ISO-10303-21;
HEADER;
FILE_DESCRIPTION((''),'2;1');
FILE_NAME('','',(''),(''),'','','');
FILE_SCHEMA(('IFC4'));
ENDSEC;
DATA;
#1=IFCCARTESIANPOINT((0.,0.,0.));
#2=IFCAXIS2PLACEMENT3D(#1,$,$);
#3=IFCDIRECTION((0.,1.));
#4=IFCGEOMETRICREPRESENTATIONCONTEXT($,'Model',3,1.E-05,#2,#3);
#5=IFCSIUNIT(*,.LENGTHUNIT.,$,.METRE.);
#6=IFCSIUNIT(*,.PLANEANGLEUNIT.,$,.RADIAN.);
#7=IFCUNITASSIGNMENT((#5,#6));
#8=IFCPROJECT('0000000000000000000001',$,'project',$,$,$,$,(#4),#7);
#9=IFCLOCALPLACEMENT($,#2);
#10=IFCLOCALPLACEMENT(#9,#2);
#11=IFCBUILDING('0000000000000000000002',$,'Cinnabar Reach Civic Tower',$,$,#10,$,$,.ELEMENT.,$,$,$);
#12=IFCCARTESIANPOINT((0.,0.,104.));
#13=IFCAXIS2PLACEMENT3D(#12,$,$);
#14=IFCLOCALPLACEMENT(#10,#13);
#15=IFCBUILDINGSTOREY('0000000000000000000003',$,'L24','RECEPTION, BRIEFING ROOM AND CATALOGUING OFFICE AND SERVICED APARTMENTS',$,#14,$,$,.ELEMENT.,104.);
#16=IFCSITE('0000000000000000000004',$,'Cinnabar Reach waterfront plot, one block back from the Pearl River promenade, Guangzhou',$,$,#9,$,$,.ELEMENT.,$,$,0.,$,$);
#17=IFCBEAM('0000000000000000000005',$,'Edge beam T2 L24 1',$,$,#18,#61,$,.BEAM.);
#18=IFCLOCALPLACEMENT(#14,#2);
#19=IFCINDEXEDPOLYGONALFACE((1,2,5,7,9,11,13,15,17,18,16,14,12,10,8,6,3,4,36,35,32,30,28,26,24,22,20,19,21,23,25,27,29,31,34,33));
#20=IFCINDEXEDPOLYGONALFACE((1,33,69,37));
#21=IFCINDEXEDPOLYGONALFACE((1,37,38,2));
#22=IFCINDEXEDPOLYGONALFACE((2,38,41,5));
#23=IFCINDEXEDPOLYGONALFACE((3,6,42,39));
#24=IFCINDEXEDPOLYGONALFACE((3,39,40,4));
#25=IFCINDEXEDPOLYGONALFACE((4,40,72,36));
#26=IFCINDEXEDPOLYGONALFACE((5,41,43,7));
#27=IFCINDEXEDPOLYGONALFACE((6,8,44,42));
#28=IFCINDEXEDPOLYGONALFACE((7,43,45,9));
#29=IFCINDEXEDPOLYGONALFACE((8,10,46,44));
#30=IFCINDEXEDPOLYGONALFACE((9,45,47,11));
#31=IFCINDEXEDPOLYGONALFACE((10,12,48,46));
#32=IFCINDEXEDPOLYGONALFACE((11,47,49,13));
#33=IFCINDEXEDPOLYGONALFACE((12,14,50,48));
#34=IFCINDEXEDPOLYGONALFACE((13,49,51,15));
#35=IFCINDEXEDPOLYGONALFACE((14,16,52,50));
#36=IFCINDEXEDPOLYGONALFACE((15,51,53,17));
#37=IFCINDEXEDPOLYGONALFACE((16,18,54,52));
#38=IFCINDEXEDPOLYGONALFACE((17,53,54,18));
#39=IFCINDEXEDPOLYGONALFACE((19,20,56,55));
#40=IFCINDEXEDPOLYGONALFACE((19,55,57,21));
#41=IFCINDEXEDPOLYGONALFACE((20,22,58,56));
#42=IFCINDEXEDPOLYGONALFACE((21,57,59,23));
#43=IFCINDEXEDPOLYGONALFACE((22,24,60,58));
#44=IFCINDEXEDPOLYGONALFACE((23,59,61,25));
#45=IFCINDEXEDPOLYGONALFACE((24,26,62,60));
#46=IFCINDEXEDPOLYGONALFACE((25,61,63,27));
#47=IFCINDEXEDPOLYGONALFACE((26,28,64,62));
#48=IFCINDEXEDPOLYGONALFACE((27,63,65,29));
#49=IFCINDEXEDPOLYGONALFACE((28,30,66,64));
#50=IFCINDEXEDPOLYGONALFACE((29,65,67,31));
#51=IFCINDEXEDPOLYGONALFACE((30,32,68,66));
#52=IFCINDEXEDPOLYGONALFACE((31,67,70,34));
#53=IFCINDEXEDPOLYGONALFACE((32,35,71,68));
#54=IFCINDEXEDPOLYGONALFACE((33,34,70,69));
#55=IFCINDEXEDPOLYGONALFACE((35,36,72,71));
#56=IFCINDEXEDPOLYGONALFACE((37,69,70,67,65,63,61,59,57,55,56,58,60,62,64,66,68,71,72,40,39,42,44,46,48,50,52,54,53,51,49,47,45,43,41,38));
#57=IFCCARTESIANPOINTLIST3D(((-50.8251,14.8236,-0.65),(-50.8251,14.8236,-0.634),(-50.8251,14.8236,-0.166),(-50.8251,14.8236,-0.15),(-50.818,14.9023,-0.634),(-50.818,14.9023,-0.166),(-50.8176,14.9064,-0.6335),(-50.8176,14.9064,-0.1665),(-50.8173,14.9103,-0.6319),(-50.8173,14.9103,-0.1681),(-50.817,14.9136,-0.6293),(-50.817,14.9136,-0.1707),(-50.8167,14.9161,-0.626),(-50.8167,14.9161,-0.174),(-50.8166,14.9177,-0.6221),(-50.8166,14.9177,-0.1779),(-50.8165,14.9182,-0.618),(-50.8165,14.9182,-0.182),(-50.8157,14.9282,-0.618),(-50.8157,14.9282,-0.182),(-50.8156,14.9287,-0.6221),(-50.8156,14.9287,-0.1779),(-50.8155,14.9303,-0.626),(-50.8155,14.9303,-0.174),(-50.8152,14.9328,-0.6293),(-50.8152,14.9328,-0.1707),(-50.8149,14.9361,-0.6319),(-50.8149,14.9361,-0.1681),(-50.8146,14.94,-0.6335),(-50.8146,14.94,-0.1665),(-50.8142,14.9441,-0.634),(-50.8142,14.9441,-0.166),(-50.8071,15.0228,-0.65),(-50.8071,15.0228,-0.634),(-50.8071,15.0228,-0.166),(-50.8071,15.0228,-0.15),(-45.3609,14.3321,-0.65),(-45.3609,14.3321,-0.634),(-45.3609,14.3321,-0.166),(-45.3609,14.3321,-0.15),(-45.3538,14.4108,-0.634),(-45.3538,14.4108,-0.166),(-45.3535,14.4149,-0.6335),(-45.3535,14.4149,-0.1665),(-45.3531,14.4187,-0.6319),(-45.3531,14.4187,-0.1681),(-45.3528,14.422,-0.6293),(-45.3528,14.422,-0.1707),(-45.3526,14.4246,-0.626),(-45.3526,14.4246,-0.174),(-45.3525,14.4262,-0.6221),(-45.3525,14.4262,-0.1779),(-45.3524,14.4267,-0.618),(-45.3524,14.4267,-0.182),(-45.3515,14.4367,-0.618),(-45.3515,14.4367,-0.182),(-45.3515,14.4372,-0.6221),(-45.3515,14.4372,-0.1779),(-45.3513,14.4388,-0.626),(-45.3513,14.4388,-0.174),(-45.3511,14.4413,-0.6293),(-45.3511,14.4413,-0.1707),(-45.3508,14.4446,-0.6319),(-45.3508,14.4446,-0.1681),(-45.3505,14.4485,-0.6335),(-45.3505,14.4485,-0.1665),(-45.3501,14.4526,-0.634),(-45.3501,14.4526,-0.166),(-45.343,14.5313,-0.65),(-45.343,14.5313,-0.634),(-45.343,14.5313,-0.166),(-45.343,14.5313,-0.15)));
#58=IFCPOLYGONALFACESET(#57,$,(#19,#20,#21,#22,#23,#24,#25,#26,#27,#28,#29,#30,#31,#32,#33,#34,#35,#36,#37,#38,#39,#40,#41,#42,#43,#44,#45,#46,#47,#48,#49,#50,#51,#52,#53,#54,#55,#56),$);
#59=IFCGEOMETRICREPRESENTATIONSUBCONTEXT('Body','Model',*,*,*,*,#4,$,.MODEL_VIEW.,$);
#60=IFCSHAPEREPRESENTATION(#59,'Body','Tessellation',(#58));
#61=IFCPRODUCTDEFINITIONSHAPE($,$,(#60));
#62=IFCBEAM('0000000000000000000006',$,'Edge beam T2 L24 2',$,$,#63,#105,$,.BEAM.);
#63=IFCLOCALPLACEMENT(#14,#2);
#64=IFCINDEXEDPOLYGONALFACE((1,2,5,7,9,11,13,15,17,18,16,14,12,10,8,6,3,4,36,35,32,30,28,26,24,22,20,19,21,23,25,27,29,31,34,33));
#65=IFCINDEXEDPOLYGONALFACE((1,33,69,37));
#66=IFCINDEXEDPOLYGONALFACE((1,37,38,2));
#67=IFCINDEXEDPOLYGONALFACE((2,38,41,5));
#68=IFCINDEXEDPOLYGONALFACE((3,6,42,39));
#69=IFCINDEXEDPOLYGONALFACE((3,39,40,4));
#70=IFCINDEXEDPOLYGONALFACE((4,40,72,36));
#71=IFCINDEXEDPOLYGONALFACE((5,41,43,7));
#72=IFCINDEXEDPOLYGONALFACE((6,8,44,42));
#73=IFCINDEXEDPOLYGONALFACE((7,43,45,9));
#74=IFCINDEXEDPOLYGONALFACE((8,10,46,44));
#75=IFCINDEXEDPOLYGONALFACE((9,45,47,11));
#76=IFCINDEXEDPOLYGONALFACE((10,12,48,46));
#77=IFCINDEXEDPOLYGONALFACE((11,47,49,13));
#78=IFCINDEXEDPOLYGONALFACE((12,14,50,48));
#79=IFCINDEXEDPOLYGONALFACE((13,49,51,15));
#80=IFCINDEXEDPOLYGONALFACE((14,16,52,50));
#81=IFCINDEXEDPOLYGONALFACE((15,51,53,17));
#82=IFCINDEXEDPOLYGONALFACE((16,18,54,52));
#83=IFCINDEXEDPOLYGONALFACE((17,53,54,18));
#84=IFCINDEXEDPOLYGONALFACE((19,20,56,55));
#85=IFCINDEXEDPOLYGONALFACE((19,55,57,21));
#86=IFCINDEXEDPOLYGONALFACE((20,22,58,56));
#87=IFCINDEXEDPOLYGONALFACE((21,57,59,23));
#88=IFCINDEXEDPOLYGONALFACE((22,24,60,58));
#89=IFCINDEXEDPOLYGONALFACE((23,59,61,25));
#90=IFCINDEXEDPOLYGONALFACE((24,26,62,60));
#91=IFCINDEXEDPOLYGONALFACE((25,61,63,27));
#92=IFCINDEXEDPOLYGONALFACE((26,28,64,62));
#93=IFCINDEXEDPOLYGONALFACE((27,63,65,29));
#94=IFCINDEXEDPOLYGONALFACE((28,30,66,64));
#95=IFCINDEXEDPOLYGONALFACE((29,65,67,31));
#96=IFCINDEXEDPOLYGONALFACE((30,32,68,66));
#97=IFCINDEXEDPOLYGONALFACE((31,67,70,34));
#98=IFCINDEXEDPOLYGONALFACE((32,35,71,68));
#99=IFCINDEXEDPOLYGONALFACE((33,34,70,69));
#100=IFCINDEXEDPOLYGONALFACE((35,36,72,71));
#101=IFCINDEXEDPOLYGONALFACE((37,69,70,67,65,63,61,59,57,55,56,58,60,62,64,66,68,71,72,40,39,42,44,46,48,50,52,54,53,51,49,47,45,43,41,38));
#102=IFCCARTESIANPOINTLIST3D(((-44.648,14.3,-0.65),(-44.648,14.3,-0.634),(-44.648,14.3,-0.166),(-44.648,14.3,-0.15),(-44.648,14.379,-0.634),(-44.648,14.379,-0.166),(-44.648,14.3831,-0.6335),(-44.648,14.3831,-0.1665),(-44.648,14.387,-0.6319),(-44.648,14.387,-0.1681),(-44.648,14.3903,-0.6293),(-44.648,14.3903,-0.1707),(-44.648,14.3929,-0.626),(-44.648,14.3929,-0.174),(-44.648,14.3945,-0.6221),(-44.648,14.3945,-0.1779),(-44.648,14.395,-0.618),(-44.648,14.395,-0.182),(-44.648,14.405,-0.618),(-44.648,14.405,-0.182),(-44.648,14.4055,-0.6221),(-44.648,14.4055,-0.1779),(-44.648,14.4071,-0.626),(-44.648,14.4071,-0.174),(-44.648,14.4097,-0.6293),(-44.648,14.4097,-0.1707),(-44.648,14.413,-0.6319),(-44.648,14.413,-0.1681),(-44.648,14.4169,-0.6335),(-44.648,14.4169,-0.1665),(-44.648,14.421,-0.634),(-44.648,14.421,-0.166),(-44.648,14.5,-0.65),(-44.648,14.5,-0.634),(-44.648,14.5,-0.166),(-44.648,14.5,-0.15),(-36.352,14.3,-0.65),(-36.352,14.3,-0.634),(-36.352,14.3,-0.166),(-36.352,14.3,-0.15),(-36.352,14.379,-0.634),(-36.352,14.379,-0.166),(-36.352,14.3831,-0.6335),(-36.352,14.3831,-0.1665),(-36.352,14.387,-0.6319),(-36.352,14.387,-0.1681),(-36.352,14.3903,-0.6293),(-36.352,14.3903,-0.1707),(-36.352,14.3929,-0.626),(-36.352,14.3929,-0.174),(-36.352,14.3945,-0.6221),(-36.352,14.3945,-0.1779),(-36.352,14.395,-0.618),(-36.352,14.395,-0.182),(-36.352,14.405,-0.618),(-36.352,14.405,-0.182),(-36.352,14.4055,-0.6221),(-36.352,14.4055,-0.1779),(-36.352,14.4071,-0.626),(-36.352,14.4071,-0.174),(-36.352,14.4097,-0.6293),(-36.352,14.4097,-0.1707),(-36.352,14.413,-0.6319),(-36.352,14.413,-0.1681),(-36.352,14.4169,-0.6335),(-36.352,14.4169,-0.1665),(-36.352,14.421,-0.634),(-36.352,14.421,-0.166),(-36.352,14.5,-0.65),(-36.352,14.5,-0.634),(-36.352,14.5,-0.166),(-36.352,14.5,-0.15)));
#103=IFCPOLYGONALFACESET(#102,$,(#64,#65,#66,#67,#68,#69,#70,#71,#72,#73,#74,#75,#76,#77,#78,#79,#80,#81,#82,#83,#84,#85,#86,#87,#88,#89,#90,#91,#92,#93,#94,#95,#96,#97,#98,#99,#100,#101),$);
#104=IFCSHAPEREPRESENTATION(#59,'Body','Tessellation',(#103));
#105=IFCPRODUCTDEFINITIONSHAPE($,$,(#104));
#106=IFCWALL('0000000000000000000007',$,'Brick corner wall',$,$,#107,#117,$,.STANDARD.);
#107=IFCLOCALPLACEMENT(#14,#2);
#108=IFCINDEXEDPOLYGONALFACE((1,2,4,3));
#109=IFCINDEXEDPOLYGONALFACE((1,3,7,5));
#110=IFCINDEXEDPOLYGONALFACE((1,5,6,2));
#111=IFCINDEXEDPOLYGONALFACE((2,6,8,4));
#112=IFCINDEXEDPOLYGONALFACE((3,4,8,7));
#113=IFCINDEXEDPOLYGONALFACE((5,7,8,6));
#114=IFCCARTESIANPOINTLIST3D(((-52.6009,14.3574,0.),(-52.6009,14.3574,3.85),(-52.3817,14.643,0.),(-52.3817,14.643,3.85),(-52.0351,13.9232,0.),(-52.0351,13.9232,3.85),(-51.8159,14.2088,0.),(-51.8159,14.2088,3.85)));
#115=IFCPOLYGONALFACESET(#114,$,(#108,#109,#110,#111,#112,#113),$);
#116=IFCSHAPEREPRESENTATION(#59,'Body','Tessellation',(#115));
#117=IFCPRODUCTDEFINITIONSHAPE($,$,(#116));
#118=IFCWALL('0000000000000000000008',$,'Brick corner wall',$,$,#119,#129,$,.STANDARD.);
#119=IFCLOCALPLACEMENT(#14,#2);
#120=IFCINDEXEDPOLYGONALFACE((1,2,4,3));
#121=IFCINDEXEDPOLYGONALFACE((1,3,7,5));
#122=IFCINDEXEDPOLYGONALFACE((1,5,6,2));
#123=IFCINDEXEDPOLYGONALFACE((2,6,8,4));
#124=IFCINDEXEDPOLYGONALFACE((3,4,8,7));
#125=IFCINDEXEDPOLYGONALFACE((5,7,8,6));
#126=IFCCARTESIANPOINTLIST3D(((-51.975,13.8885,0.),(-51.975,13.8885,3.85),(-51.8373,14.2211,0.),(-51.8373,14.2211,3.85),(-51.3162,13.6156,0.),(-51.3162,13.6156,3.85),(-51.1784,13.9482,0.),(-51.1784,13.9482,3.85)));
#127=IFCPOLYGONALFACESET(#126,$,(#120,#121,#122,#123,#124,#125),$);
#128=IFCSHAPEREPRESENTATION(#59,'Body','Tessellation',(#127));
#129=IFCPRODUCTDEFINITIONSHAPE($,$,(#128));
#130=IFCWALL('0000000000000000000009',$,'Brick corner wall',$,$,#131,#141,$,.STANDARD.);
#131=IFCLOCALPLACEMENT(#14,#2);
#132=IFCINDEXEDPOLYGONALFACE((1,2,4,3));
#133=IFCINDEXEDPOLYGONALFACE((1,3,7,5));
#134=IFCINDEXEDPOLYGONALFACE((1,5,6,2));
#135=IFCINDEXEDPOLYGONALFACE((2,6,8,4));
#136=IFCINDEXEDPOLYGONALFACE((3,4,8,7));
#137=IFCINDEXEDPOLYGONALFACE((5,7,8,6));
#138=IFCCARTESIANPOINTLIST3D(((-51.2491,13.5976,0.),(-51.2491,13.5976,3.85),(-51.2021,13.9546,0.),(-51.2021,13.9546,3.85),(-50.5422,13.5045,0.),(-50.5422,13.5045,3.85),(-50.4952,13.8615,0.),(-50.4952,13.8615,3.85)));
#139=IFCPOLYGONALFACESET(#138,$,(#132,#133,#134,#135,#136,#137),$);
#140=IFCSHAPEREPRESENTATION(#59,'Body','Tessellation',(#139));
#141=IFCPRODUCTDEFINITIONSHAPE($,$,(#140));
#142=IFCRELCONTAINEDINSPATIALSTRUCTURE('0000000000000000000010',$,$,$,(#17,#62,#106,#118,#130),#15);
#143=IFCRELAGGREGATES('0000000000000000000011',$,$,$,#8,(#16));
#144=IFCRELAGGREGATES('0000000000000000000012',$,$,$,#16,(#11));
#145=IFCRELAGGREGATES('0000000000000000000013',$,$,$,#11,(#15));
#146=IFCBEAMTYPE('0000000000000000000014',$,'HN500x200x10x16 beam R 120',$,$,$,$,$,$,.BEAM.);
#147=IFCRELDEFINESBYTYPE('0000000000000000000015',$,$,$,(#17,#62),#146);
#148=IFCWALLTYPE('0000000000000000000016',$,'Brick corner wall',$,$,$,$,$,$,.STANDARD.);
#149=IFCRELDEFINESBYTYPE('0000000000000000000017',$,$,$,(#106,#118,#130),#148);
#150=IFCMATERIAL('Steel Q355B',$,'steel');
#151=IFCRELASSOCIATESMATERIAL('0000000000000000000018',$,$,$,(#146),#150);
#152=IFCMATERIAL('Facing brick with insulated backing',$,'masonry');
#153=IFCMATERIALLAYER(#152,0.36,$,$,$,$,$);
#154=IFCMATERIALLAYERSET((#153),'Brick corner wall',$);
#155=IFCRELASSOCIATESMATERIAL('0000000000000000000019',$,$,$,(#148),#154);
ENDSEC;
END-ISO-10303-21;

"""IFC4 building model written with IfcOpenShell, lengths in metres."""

from ifc_helpers import new_model, si_unit, direction, frame, frame_2d, origin, origin_2d, place, context, subcontext, project, spatial, rectangle, i_section, extrude, material, layer, layer_set, material_profile, profile_set, type_object, element, save


model = new_model("IFC4")

# Units and contexts
model_context = context("Model", 3, precision=1e-05, world=origin(), true_north=direction((0.0, 1.0)))
body_context = subcontext(model_context, "Body", "Model", "MODEL_VIEW")
ifc_project = project(units=[si_unit("LENGTHUNIT", "METRE"), si_unit("PLANEANGLEUNIT", "RADIAN")], contexts=[model_context])

# Site, building, storey
site_placement = place(None, origin())
site = spatial("IfcSite", under=ifc_project, at=site_placement, Name="Cinnabar Reach waterfront plot, one block back from the Pearl River promenade, Guangzhou", CompositionType="ELEMENT", RefElevation=0.0)
building_placement = place(site_placement, origin())
building = spatial("IfcBuilding", under=site, at=building_placement, Name="Cinnabar Reach Civic Tower", CompositionType="ELEMENT")
storey_placement = place(building_placement, frame((0.0, 0.0, 104.0)))
storey = spatial("IfcBuildingStorey", under=building, at=storey_placement, Name="L24", Description="RECEPTION, BRIEFING ROOM AND CATALOGUING OFFICE AND SERVICED APARTMENTS", CompositionType="ELEMENT", Elevation=104.0)

# Beams
ifc_material_1 = material(Name="Steel Q355B", Category="steel")
ifc_material_profile_1 = material_profile(ifc_material_1, i_section(OverallWidth=0.2, OverallDepth=0.5, WebThickness=0.01, FlangeThickness=0.016, FilletRadius=0.016, at=origin_2d()), Name="HN500x200x10x16")
ifc_profile_set_1 = profile_set([ifc_material_profile_1], Name="Steel Q355B")
beam_type_1 = type_object("IfcBeamType", Name="HN500x200x10x16 beam R 120", PredefinedType="BEAM", material=ifc_profile_set_1)
beam_1_placement = place(storey_placement, frame((-50.8161, 14.9232, -0.4), z_axis=(0.995979, -0.089589, 0.0), x_axis=(0.089589, 0.995979, 0.0)))
element("IfcBeam", 1, at=beam_1_placement, inside=storey, type_object=beam_type_1, Name="Edge beam T2 L24 1", PredefinedType="BEAM", context=body_context, shape_type="SweptSolid", body=[
    extrude(i_section(OverallWidth=0.2, OverallDepth=0.5, WebThickness=0.01, FlangeThickness=0.016, FilletRadius=0.016, at=origin_2d()), origin(), (0.0, 0.0, 1.0), 5.4862),
])
beam_2_placement = place(storey_placement, frame((-44.648, 14.4, -0.4), z_axis=(1.0, 0.0, 0.0), x_axis=(0.0, 1.0, 0.0)))
element("IfcBeam", 2, at=beam_2_placement, inside=storey, type_object=beam_type_1, Name="Edge beam T2 L24 2", PredefinedType="BEAM", context=body_context, shape_type="SweptSolid", body=[
    extrude(i_section(OverallWidth=0.2, OverallDepth=0.5, WebThickness=0.01, FlangeThickness=0.016, FilletRadius=0.016, at=origin_2d()), origin(), (0.0, 0.0, 1.0), 8.296),
])

# Walls
ifc_material_2 = material(Name="Facing brick with insulated backing", Category="masonry")
ifc_layer_1 = layer(ifc_material_2, 0.36)
ifc_layer_set_1 = layer_set([ifc_layer_1], Name="Brick corner wall")
wall_type_1 = type_object("IfcWallType", Name="Brick corner wall", PredefinedType="STANDARD", material=ifc_layer_set_1)
wall_1_placement = place(storey_placement, frame((-52.4913, 14.5002, 0.0), z_axis=(0.0, 0.0, 1.0), x_axis=(0.793322, -0.608802, 0.0)))
element("IfcWall", 3, at=wall_1_placement, inside=storey, type_object=wall_type_1, Name="Brick corner wall", PredefinedType="STANDARD", context=body_context, shape_type="SweptSolid", body=[
    extrude(rectangle(XDim=0.7132, YDim=0.36, at=frame_2d((0.3566, 0.0))), origin(), (0.0, 0.0, 1.0), 3.85),
])
for number, where, z_axis, x_axis, name in (
    (4, (-51.9061, 14.0548, 0.0), (0.0, 0.0, 1.0), (0.923872, -0.382703, 0.0), "Brick corner wall"),
    (5, (-51.2256, 13.7761, 0.0), (0.0, 0.0, 1.0), (0.991441, -0.130556, 0.0), "Brick corner wall"),
):
    element("IfcWall", number, at=place(storey_placement, frame(where, z_axis=z_axis, x_axis=x_axis)), inside=storey, type_object=wall_type_1, Name=name, PredefinedType="STANDARD", context=body_context, shape_type="SweptSolid", body=[
        extrude(rectangle(XDim=0.7131, YDim=0.36, at=frame_2d((0.3565, 0.0))), origin(), (0.0, 0.0, 1.0), 3.85),
    ])

save(model, "model.ifc")
